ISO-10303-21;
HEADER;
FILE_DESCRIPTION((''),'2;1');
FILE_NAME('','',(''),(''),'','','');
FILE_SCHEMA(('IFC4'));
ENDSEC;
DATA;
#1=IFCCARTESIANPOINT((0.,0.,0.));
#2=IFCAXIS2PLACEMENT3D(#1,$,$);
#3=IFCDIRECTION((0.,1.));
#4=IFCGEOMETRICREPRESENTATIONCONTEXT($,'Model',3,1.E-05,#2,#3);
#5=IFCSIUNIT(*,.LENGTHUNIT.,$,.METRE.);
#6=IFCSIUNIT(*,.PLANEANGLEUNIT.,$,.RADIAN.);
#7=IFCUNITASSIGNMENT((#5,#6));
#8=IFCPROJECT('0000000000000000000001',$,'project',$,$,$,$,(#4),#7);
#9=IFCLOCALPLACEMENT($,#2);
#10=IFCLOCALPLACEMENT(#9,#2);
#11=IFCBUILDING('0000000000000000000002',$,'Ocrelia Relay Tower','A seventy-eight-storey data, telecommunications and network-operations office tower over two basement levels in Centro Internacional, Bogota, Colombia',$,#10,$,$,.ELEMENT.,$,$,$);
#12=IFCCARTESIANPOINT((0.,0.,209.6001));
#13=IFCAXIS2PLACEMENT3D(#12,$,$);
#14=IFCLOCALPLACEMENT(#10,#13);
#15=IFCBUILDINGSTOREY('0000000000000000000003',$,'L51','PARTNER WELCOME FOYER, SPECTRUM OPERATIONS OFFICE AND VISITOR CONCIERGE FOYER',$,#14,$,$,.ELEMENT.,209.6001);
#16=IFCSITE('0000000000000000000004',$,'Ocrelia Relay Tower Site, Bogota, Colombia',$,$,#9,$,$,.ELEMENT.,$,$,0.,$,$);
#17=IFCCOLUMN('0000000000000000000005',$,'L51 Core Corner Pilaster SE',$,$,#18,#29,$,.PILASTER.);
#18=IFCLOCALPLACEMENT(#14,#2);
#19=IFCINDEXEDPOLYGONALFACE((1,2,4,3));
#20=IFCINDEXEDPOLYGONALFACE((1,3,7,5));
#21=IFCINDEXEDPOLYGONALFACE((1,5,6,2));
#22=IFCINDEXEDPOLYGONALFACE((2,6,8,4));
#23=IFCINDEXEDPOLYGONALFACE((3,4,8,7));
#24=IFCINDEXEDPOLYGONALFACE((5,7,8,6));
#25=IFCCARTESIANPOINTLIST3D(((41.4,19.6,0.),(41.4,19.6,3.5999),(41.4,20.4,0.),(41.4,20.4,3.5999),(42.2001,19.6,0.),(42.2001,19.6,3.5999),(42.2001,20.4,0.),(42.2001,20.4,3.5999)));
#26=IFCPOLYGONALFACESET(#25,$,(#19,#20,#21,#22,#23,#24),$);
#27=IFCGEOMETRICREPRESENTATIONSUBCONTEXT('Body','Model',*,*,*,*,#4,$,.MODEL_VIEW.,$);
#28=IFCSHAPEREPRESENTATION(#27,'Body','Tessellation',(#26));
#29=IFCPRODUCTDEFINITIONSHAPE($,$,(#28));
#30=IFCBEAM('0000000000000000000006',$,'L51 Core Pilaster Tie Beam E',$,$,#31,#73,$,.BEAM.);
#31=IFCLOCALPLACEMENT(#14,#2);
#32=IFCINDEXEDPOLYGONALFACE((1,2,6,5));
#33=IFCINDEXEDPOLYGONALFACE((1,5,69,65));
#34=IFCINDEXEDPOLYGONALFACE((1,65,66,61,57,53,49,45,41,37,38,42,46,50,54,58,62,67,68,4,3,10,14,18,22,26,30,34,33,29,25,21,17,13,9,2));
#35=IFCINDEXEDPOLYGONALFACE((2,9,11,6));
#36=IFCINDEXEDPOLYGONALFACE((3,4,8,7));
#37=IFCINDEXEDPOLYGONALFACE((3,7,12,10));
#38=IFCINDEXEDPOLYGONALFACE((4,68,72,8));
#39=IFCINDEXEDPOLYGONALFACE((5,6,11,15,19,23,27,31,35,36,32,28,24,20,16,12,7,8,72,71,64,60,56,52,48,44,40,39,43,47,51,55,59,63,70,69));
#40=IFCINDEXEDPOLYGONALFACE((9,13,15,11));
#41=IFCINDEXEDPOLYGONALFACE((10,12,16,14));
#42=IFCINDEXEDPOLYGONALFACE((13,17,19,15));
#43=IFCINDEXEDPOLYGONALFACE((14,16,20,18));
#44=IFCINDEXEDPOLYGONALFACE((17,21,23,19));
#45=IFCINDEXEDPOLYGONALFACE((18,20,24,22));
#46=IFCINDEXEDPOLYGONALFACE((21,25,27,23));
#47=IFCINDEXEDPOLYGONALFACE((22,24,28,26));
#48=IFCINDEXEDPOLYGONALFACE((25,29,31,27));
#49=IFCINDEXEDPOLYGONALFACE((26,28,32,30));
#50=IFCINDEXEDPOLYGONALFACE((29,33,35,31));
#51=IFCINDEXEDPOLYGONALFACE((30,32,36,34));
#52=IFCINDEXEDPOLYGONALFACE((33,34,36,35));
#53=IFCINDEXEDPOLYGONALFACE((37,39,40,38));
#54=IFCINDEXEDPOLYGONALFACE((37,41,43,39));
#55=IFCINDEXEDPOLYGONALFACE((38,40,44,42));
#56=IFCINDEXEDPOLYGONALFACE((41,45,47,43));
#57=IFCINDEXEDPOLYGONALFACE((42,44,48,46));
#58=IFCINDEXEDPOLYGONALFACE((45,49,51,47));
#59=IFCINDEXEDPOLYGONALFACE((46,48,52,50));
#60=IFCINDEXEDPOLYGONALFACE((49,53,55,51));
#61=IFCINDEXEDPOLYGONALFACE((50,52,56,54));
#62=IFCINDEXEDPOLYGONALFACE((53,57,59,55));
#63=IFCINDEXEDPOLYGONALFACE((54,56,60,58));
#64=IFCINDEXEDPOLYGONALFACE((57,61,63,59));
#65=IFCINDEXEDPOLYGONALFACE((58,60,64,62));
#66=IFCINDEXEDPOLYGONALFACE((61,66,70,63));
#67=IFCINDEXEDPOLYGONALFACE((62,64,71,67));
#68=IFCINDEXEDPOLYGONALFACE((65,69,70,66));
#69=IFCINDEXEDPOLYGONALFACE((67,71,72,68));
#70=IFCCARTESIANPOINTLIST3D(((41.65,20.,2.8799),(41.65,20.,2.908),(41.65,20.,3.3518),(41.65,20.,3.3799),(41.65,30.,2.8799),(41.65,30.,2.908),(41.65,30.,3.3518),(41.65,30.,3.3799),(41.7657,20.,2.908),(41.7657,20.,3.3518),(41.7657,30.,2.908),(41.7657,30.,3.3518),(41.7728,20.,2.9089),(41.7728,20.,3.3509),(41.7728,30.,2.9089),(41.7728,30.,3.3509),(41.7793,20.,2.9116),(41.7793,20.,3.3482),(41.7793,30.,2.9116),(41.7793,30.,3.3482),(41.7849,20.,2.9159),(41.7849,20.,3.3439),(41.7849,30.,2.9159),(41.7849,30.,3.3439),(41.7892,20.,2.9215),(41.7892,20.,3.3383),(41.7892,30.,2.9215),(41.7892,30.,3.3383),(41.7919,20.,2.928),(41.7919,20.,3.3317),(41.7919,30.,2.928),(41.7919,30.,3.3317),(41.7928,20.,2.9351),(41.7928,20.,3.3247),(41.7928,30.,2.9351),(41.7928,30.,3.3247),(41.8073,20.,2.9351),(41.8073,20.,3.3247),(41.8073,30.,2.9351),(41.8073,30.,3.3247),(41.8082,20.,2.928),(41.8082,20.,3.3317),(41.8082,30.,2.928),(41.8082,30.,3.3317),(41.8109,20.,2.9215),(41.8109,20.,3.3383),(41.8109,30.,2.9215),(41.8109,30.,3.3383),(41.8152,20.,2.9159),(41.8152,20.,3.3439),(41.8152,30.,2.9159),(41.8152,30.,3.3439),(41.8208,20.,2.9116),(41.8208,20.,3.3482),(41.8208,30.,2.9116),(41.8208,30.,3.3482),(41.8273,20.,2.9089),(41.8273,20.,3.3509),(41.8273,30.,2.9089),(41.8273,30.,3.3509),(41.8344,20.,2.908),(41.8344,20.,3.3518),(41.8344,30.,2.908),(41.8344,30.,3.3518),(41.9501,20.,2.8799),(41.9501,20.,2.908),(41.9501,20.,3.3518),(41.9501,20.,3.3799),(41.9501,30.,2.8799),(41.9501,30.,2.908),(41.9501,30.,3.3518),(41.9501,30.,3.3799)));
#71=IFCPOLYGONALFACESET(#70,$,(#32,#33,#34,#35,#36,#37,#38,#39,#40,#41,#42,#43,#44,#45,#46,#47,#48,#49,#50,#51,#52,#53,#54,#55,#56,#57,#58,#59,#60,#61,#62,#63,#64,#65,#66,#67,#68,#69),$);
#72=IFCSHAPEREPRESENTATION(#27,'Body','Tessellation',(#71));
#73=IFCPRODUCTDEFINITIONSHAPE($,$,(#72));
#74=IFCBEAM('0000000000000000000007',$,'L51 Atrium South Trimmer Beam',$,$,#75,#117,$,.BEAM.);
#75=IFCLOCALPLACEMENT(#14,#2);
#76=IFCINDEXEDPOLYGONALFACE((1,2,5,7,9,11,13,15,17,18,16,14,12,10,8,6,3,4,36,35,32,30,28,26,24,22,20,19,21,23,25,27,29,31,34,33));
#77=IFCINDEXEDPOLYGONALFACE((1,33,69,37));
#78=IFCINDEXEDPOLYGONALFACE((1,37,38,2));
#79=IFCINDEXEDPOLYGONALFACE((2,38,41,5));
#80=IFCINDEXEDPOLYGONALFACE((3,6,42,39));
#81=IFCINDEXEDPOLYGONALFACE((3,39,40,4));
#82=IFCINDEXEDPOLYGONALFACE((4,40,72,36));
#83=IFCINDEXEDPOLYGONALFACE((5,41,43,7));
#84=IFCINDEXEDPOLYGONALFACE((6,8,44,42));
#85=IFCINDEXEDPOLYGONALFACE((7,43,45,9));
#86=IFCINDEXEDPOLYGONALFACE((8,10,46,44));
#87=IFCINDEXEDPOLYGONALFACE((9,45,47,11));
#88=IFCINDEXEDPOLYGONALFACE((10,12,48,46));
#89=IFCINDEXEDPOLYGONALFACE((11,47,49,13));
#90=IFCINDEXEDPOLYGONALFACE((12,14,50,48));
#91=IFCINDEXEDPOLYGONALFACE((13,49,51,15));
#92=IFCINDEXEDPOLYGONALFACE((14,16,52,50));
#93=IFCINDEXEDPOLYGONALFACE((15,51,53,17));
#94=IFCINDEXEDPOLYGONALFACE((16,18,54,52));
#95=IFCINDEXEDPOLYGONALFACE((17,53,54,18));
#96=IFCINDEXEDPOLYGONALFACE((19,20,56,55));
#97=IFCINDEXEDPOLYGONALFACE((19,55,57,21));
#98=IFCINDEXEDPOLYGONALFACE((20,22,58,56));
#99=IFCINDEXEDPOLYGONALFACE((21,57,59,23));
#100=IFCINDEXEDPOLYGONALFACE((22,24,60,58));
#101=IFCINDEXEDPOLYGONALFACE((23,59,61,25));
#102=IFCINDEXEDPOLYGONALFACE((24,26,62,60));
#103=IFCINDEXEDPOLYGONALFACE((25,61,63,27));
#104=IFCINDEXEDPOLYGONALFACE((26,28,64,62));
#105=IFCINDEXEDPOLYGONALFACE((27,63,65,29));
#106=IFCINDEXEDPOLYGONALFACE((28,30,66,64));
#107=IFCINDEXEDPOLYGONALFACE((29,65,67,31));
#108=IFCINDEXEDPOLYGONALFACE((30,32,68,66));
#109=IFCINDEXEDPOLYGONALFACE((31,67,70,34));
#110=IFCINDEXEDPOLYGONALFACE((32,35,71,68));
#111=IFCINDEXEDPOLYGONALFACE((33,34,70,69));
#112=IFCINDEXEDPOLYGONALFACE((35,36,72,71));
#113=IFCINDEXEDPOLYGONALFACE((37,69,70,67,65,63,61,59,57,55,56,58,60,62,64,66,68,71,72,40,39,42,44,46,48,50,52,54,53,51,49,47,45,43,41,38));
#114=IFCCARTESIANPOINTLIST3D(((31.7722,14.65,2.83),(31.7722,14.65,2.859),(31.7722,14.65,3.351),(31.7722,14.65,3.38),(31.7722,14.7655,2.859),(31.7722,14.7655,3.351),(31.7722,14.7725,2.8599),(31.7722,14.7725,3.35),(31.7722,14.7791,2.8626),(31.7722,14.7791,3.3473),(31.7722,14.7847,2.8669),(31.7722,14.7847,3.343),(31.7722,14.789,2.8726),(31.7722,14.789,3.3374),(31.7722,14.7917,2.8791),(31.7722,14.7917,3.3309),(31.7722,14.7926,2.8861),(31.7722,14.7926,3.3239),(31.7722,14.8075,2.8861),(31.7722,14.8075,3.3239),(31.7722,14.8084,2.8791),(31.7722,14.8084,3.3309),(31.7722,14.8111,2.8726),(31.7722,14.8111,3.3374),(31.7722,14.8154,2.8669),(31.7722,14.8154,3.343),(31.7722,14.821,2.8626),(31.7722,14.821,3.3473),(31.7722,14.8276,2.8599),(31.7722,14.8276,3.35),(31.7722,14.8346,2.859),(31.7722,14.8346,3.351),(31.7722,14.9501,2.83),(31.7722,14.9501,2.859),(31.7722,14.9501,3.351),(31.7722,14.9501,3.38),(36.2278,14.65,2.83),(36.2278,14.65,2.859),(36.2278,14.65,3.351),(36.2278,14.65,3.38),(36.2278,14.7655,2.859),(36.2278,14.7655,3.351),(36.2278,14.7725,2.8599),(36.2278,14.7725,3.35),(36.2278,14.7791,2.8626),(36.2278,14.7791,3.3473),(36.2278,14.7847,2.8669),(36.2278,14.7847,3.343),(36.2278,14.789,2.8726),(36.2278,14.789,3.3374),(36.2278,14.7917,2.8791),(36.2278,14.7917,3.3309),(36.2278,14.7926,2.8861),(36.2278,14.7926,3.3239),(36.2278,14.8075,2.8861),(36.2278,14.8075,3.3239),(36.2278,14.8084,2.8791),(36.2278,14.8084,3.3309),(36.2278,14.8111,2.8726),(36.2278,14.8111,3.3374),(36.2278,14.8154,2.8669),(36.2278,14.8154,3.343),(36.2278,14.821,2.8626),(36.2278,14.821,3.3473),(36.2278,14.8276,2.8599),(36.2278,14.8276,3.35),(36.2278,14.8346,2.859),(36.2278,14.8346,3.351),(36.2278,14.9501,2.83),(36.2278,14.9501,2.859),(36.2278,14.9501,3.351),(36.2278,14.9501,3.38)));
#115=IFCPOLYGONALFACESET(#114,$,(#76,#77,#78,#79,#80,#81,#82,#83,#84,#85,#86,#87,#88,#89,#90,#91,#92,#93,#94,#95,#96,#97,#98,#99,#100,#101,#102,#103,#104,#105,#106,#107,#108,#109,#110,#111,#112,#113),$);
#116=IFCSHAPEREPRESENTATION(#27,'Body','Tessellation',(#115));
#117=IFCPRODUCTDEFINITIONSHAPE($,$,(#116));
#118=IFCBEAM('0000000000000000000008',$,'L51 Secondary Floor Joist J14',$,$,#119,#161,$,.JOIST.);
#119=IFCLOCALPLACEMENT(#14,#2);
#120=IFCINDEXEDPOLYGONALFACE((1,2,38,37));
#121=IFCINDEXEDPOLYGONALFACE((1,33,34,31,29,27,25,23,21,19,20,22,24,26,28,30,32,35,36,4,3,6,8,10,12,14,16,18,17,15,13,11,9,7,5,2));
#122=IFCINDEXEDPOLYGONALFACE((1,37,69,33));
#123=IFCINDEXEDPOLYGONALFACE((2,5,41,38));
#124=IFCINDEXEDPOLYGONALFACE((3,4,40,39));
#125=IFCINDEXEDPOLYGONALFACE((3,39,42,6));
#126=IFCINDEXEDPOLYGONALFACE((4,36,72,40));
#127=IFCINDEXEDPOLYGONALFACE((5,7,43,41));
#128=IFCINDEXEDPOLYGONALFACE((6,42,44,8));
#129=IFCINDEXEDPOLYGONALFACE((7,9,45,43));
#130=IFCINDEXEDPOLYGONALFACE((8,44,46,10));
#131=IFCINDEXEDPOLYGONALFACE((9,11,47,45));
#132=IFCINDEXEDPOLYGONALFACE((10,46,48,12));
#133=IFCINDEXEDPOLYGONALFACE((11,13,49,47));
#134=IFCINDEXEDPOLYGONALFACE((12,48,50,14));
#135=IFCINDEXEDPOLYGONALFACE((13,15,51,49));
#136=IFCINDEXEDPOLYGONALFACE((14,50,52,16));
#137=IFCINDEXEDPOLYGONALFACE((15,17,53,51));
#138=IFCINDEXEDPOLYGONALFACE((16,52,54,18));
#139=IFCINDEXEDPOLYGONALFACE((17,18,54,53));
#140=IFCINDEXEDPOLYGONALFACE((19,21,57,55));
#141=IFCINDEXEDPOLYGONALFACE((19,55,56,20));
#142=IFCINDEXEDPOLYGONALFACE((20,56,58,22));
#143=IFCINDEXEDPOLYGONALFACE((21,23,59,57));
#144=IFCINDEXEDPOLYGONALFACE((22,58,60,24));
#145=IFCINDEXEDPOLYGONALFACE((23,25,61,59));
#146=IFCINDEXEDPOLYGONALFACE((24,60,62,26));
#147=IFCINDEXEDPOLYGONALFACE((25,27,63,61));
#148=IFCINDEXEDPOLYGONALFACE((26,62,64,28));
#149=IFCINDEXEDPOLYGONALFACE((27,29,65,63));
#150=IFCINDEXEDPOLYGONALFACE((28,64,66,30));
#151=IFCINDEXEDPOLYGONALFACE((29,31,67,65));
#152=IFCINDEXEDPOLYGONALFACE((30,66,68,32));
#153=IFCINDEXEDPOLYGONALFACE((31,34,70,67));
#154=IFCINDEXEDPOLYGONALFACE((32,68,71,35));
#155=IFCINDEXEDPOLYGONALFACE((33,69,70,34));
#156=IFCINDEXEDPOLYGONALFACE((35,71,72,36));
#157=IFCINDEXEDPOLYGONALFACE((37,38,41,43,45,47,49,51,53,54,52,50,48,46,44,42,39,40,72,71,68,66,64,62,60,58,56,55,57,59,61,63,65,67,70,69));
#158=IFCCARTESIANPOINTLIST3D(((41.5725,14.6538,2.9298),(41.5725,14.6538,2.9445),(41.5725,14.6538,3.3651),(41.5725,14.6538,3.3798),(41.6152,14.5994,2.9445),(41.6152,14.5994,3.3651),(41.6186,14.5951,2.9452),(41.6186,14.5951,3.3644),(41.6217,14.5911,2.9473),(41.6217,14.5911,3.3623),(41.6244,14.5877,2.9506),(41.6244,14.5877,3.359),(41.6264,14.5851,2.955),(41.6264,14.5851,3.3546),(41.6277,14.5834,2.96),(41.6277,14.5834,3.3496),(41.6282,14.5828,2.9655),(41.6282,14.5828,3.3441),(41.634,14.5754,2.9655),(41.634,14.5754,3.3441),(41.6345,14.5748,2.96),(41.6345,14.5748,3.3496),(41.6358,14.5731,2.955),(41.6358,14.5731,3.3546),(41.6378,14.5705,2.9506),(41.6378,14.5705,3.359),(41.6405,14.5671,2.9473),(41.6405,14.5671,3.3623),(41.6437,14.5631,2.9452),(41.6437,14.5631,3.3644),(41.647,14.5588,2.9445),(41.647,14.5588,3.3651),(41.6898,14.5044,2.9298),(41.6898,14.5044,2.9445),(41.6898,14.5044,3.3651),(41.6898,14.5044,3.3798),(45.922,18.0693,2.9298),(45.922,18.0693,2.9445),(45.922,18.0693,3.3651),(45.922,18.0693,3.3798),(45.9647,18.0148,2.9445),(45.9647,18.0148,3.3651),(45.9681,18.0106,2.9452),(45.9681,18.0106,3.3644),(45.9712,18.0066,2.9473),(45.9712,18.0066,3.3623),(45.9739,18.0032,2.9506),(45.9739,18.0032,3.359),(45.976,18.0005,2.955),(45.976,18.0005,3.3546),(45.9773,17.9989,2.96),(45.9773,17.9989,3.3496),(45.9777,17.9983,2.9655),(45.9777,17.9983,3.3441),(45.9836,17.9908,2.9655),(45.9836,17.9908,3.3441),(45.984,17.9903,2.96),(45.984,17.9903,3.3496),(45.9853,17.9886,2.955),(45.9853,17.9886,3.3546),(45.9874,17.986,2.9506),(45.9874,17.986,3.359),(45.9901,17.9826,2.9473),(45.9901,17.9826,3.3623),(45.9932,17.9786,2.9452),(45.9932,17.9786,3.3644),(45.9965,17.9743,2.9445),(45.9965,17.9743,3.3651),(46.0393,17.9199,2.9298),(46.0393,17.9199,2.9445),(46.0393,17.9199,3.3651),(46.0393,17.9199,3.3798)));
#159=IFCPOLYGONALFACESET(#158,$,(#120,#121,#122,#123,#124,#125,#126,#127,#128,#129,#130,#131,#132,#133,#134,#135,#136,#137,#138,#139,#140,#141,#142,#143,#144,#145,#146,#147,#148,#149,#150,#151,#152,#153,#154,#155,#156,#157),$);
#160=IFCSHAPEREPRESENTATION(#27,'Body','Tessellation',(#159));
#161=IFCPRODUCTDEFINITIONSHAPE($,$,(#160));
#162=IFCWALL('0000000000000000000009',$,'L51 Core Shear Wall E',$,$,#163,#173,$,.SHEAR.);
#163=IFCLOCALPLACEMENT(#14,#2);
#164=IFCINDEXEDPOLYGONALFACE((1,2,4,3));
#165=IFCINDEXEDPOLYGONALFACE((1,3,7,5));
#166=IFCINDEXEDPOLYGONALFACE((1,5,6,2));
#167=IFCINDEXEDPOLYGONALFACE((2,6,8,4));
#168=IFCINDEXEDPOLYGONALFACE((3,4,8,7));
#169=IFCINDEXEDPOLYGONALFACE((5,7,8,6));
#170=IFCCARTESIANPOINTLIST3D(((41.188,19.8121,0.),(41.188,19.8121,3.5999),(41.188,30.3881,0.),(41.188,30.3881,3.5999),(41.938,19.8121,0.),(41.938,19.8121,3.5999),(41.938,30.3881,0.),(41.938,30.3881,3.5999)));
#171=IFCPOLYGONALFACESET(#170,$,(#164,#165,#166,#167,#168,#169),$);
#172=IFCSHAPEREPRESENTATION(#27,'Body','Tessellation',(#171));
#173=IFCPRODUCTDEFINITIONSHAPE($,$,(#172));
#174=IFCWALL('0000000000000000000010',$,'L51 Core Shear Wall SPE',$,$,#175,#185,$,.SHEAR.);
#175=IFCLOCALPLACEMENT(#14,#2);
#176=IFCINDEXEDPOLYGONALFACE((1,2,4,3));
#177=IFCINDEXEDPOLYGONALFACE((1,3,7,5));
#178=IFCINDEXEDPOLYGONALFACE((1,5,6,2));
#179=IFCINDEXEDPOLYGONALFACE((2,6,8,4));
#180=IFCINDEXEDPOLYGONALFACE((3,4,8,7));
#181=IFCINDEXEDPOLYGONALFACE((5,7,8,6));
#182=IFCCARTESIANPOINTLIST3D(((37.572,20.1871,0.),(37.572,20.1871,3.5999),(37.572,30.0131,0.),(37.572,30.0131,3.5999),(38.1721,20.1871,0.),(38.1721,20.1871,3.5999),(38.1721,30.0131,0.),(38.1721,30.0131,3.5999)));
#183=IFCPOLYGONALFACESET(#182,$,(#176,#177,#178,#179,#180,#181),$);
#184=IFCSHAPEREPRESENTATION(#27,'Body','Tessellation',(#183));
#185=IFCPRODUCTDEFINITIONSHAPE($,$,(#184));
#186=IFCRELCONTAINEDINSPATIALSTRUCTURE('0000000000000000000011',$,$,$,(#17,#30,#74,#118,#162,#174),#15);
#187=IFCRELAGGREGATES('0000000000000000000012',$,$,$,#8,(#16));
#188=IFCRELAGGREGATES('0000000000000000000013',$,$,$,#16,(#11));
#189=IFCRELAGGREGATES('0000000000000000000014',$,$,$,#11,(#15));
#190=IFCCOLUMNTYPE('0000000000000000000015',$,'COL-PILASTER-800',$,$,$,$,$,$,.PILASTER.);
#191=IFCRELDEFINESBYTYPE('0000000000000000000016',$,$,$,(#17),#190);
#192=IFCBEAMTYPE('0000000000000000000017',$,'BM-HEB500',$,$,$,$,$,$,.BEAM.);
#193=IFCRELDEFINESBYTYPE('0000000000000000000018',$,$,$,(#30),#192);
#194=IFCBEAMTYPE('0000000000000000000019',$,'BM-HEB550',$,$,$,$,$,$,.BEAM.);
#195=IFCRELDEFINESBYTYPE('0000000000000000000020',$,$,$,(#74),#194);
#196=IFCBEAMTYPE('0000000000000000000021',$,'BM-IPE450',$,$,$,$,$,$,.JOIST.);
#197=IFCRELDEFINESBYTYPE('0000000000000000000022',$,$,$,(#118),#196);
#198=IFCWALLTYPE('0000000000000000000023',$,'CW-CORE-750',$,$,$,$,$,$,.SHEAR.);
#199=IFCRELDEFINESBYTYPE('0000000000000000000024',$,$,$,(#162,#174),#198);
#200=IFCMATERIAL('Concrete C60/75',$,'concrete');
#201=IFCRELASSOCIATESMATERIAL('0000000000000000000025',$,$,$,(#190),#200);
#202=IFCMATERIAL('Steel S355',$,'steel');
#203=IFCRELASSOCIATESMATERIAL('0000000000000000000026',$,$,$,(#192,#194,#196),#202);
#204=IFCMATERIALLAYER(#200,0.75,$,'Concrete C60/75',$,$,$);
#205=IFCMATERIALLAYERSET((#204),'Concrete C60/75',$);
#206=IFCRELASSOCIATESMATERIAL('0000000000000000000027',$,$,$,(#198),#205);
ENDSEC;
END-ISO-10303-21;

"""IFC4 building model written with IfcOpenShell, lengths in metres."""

from ifc_helpers import new_model, si_unit, direction, frame, frame_2d, origin, origin_2d, place, context, subcontext, project, spatial, rectangle, i_section, extrude, material, layer, layer_set, material_profile, profile_set, type_object, element, save


model = new_model("IFC4")

# Units and contexts
model_context = context("Model", 3, precision=1e-05, world=origin(), true_north=direction((0.0, 1.0)))
body_context = subcontext(model_context, "Body", "Model", "MODEL_VIEW")
ifc_project = project(units=[si_unit("LENGTHUNIT", "METRE"), si_unit("PLANEANGLEUNIT", "RADIAN")], contexts=[model_context])

# Site, building, storey
site_placement = place(None, origin())
site = spatial("IfcSite", under=ifc_project, at=site_placement, Name="Ocrelia Relay Tower Site, Bogota, Colombia", CompositionType="ELEMENT", RefElevation=0.0)
building_placement = place(site_placement, origin())
building = spatial("IfcBuilding", under=site, at=building_placement, Name="Ocrelia Relay Tower", Description="A seventy-eight-storey data, telecommunications and network-operations office tower over two basement levels in Centro Internacional, Bogota, Colombia", CompositionType="ELEMENT")
storey_placement = place(building_placement, frame((0.0, 0.0, 209.6001)))
storey = spatial("IfcBuildingStorey", under=building, at=storey_placement, Name="L51", Description="PARTNER WELCOME FOYER, SPECTRUM OPERATIONS OFFICE AND VISITOR CONCIERGE FOYER", CompositionType="ELEMENT", Elevation=209.6001)

# Column
ifc_material_1 = material(Name="Concrete C60/75", Category="concrete")
ifc_material_profile_1 = material_profile(ifc_material_1, rectangle(XDim=0.8, YDim=0.8, at=origin_2d()), Name="RC-COL-800x800")
ifc_profile_set_1 = profile_set([ifc_material_profile_1], Name="Concrete C60/75")
column_type = type_object("IfcColumnType", Name="COL-PILASTER-800", PredefinedType="PILASTER", material=ifc_profile_set_1)
column_placement = place(storey_placement, frame((41.8, 20.0, 0.0), z_axis=(0.0, 0.0, 1.0), x_axis=(1.0, 0.0, 0.0)))
element("IfcColumn", 1, at=column_placement, inside=storey, type_object=column_type, Name="L51 Core Corner Pilaster SE", PredefinedType="PILASTER", context=body_context, shape_type="SweptSolid", body=[
    extrude(rectangle(XDim=0.8, YDim=0.8, at=origin_2d()), origin(), (0.0, 0.0, 1.0), 3.5999),
])

# Beams
ifc_material_2 = material(Name="Steel S355", Category="steel")
ifc_material_profile_2 = material_profile(ifc_material_2, i_section(OverallWidth=0.3, OverallDepth=0.5, WebThickness=0.0144, FlangeThickness=0.0281, FilletRadius=0.0271, at=origin_2d()), Name="HEB 500")
ifc_profile_set_2 = profile_set([ifc_material_profile_2], Name="Steel S355")
beam_type_1 = type_object("IfcBeamType", Name="BM-HEB500", PredefinedType="BEAM", material=ifc_profile_set_2)
beam_1_placement = place(storey_placement, frame((41.8, 20.0, 3.1299), z_axis=(0.0, 1.0, 0.0), x_axis=(-1.0, 0.0, 0.0)))
element("IfcBeam", 2, at=beam_1_placement, inside=storey, type_object=beam_type_1, Name="L51 Core Pilaster Tie Beam E", PredefinedType="BEAM", context=body_context, shape_type="SweptSolid", body=[
    extrude(i_section(OverallWidth=0.3, OverallDepth=0.5, WebThickness=0.0144, FlangeThickness=0.0281, FilletRadius=0.0271, at=origin_2d()), origin(), (0.0, 0.0, 1.0), 10.0),
])
ifc_material_profile_3 = material_profile(ifc_material_2, i_section(OverallWidth=0.3, OverallDepth=0.55, WebThickness=0.0149, FlangeThickness=0.0291, FilletRadius=0.0271, at=origin_2d()), Name="HEB 550")
ifc_profile_set_3 = profile_set([ifc_material_profile_3], Name="Steel S355")
beam_type_2 = type_object("IfcBeamType", Name="BM-HEB550", PredefinedType="BEAM", material=ifc_profile_set_3)
beam_2_placement = place(storey_placement, frame((31.7722, 14.8, 3.105), z_axis=(1.0, 0.0, 0.0), x_axis=(0.0, 1.0, 0.0)))
element("IfcBeam", 3, at=beam_2_placement, inside=storey, type_object=beam_type_2, Name="L51 Atrium South Trimmer Beam", PredefinedType="BEAM", context=body_context, shape_type="SweptSolid", body=[
    extrude(i_section(OverallWidth=0.3, OverallDepth=0.55, WebThickness=0.0149, FlangeThickness=0.0291, FilletRadius=0.0271, at=origin_2d()), origin(), (0.0, 0.0, 1.0), 4.4556),
])
ifc_material_profile_4 = material_profile(ifc_material_2, i_section(OverallWidth=0.1899, OverallDepth=0.45, WebThickness=0.0095, FlangeThickness=0.0146, FilletRadius=0.021, at=origin_2d()), Name="IPE 450")
ifc_profile_set_4 = profile_set([ifc_material_profile_4], Name="Steel S355")
beam_type_3 = type_object("IfcBeamType", Name="BM-IPE450", PredefinedType="JOIST", material=ifc_profile_set_4)
beam_3_placement = place(storey_placement, frame((41.6311, 14.5791, 3.1548), z_axis=(0.786496, 0.617595, 0.0), x_axis=(-0.617595, 0.786496, 0.0)))
element("IfcBeam", 4, at=beam_3_placement, inside=storey, type_object=beam_type_3, Name="L51 Secondary Floor Joist J14", PredefinedType="JOIST", context=body_context, shape_type="SweptSolid", body=[
    extrude(i_section(OverallWidth=0.1899, OverallDepth=0.45, WebThickness=0.0095, FlangeThickness=0.0146, FilletRadius=0.021, at=origin_2d()), origin(), (0.0, 0.0, 1.0), 5.5303),
])

# Walls
ifc_layer_1 = layer(ifc_material_1, 0.75, Name="Concrete C60/75")
ifc_layer_set_1 = layer_set([ifc_layer_1], Name="Concrete C60/75")
wall_type_1 = type_object("IfcWallType", Name="CW-CORE-750", PredefinedType="SHEAR", material=ifc_layer_set_1)
wall_1_placement = place(storey_placement, frame((41.563, 19.812, 0.0), z_axis=(0.0, 0.0, 1.0), x_axis=(0.0, 1.0, 0.0)))
element("IfcWall", 5, at=wall_1_placement, inside=storey, type_object=wall_type_1, Name="L51 Core Shear Wall E", PredefinedType="SHEAR", context=body_context, shape_type="SweptSolid", body=[
    extrude(rectangle(XDim=10.5759, YDim=0.75, at=frame_2d((5.2881, 0.0))), origin(), (0.0, 0.0, 1.0), 3.5999),
])
wall_2_placement = place(storey_placement, frame((37.8721, 20.187, 0.0), z_axis=(0.0, 0.0, 1.0), x_axis=(0.0, 1.0, 0.0)))
element("IfcWall", 6, at=wall_2_placement, inside=storey, type_object=wall_type_1, Name="L51 Core Shear Wall SPE", PredefinedType="SHEAR", context=body_context, shape_type="SweptSolid", body=[
    extrude(rectangle(XDim=9.8259, YDim=0.6001, at=frame_2d((4.9131, 0.0))), origin(), (0.0, 0.0, 1.0), 3.5999),
])

save(model, "model.ifc")
